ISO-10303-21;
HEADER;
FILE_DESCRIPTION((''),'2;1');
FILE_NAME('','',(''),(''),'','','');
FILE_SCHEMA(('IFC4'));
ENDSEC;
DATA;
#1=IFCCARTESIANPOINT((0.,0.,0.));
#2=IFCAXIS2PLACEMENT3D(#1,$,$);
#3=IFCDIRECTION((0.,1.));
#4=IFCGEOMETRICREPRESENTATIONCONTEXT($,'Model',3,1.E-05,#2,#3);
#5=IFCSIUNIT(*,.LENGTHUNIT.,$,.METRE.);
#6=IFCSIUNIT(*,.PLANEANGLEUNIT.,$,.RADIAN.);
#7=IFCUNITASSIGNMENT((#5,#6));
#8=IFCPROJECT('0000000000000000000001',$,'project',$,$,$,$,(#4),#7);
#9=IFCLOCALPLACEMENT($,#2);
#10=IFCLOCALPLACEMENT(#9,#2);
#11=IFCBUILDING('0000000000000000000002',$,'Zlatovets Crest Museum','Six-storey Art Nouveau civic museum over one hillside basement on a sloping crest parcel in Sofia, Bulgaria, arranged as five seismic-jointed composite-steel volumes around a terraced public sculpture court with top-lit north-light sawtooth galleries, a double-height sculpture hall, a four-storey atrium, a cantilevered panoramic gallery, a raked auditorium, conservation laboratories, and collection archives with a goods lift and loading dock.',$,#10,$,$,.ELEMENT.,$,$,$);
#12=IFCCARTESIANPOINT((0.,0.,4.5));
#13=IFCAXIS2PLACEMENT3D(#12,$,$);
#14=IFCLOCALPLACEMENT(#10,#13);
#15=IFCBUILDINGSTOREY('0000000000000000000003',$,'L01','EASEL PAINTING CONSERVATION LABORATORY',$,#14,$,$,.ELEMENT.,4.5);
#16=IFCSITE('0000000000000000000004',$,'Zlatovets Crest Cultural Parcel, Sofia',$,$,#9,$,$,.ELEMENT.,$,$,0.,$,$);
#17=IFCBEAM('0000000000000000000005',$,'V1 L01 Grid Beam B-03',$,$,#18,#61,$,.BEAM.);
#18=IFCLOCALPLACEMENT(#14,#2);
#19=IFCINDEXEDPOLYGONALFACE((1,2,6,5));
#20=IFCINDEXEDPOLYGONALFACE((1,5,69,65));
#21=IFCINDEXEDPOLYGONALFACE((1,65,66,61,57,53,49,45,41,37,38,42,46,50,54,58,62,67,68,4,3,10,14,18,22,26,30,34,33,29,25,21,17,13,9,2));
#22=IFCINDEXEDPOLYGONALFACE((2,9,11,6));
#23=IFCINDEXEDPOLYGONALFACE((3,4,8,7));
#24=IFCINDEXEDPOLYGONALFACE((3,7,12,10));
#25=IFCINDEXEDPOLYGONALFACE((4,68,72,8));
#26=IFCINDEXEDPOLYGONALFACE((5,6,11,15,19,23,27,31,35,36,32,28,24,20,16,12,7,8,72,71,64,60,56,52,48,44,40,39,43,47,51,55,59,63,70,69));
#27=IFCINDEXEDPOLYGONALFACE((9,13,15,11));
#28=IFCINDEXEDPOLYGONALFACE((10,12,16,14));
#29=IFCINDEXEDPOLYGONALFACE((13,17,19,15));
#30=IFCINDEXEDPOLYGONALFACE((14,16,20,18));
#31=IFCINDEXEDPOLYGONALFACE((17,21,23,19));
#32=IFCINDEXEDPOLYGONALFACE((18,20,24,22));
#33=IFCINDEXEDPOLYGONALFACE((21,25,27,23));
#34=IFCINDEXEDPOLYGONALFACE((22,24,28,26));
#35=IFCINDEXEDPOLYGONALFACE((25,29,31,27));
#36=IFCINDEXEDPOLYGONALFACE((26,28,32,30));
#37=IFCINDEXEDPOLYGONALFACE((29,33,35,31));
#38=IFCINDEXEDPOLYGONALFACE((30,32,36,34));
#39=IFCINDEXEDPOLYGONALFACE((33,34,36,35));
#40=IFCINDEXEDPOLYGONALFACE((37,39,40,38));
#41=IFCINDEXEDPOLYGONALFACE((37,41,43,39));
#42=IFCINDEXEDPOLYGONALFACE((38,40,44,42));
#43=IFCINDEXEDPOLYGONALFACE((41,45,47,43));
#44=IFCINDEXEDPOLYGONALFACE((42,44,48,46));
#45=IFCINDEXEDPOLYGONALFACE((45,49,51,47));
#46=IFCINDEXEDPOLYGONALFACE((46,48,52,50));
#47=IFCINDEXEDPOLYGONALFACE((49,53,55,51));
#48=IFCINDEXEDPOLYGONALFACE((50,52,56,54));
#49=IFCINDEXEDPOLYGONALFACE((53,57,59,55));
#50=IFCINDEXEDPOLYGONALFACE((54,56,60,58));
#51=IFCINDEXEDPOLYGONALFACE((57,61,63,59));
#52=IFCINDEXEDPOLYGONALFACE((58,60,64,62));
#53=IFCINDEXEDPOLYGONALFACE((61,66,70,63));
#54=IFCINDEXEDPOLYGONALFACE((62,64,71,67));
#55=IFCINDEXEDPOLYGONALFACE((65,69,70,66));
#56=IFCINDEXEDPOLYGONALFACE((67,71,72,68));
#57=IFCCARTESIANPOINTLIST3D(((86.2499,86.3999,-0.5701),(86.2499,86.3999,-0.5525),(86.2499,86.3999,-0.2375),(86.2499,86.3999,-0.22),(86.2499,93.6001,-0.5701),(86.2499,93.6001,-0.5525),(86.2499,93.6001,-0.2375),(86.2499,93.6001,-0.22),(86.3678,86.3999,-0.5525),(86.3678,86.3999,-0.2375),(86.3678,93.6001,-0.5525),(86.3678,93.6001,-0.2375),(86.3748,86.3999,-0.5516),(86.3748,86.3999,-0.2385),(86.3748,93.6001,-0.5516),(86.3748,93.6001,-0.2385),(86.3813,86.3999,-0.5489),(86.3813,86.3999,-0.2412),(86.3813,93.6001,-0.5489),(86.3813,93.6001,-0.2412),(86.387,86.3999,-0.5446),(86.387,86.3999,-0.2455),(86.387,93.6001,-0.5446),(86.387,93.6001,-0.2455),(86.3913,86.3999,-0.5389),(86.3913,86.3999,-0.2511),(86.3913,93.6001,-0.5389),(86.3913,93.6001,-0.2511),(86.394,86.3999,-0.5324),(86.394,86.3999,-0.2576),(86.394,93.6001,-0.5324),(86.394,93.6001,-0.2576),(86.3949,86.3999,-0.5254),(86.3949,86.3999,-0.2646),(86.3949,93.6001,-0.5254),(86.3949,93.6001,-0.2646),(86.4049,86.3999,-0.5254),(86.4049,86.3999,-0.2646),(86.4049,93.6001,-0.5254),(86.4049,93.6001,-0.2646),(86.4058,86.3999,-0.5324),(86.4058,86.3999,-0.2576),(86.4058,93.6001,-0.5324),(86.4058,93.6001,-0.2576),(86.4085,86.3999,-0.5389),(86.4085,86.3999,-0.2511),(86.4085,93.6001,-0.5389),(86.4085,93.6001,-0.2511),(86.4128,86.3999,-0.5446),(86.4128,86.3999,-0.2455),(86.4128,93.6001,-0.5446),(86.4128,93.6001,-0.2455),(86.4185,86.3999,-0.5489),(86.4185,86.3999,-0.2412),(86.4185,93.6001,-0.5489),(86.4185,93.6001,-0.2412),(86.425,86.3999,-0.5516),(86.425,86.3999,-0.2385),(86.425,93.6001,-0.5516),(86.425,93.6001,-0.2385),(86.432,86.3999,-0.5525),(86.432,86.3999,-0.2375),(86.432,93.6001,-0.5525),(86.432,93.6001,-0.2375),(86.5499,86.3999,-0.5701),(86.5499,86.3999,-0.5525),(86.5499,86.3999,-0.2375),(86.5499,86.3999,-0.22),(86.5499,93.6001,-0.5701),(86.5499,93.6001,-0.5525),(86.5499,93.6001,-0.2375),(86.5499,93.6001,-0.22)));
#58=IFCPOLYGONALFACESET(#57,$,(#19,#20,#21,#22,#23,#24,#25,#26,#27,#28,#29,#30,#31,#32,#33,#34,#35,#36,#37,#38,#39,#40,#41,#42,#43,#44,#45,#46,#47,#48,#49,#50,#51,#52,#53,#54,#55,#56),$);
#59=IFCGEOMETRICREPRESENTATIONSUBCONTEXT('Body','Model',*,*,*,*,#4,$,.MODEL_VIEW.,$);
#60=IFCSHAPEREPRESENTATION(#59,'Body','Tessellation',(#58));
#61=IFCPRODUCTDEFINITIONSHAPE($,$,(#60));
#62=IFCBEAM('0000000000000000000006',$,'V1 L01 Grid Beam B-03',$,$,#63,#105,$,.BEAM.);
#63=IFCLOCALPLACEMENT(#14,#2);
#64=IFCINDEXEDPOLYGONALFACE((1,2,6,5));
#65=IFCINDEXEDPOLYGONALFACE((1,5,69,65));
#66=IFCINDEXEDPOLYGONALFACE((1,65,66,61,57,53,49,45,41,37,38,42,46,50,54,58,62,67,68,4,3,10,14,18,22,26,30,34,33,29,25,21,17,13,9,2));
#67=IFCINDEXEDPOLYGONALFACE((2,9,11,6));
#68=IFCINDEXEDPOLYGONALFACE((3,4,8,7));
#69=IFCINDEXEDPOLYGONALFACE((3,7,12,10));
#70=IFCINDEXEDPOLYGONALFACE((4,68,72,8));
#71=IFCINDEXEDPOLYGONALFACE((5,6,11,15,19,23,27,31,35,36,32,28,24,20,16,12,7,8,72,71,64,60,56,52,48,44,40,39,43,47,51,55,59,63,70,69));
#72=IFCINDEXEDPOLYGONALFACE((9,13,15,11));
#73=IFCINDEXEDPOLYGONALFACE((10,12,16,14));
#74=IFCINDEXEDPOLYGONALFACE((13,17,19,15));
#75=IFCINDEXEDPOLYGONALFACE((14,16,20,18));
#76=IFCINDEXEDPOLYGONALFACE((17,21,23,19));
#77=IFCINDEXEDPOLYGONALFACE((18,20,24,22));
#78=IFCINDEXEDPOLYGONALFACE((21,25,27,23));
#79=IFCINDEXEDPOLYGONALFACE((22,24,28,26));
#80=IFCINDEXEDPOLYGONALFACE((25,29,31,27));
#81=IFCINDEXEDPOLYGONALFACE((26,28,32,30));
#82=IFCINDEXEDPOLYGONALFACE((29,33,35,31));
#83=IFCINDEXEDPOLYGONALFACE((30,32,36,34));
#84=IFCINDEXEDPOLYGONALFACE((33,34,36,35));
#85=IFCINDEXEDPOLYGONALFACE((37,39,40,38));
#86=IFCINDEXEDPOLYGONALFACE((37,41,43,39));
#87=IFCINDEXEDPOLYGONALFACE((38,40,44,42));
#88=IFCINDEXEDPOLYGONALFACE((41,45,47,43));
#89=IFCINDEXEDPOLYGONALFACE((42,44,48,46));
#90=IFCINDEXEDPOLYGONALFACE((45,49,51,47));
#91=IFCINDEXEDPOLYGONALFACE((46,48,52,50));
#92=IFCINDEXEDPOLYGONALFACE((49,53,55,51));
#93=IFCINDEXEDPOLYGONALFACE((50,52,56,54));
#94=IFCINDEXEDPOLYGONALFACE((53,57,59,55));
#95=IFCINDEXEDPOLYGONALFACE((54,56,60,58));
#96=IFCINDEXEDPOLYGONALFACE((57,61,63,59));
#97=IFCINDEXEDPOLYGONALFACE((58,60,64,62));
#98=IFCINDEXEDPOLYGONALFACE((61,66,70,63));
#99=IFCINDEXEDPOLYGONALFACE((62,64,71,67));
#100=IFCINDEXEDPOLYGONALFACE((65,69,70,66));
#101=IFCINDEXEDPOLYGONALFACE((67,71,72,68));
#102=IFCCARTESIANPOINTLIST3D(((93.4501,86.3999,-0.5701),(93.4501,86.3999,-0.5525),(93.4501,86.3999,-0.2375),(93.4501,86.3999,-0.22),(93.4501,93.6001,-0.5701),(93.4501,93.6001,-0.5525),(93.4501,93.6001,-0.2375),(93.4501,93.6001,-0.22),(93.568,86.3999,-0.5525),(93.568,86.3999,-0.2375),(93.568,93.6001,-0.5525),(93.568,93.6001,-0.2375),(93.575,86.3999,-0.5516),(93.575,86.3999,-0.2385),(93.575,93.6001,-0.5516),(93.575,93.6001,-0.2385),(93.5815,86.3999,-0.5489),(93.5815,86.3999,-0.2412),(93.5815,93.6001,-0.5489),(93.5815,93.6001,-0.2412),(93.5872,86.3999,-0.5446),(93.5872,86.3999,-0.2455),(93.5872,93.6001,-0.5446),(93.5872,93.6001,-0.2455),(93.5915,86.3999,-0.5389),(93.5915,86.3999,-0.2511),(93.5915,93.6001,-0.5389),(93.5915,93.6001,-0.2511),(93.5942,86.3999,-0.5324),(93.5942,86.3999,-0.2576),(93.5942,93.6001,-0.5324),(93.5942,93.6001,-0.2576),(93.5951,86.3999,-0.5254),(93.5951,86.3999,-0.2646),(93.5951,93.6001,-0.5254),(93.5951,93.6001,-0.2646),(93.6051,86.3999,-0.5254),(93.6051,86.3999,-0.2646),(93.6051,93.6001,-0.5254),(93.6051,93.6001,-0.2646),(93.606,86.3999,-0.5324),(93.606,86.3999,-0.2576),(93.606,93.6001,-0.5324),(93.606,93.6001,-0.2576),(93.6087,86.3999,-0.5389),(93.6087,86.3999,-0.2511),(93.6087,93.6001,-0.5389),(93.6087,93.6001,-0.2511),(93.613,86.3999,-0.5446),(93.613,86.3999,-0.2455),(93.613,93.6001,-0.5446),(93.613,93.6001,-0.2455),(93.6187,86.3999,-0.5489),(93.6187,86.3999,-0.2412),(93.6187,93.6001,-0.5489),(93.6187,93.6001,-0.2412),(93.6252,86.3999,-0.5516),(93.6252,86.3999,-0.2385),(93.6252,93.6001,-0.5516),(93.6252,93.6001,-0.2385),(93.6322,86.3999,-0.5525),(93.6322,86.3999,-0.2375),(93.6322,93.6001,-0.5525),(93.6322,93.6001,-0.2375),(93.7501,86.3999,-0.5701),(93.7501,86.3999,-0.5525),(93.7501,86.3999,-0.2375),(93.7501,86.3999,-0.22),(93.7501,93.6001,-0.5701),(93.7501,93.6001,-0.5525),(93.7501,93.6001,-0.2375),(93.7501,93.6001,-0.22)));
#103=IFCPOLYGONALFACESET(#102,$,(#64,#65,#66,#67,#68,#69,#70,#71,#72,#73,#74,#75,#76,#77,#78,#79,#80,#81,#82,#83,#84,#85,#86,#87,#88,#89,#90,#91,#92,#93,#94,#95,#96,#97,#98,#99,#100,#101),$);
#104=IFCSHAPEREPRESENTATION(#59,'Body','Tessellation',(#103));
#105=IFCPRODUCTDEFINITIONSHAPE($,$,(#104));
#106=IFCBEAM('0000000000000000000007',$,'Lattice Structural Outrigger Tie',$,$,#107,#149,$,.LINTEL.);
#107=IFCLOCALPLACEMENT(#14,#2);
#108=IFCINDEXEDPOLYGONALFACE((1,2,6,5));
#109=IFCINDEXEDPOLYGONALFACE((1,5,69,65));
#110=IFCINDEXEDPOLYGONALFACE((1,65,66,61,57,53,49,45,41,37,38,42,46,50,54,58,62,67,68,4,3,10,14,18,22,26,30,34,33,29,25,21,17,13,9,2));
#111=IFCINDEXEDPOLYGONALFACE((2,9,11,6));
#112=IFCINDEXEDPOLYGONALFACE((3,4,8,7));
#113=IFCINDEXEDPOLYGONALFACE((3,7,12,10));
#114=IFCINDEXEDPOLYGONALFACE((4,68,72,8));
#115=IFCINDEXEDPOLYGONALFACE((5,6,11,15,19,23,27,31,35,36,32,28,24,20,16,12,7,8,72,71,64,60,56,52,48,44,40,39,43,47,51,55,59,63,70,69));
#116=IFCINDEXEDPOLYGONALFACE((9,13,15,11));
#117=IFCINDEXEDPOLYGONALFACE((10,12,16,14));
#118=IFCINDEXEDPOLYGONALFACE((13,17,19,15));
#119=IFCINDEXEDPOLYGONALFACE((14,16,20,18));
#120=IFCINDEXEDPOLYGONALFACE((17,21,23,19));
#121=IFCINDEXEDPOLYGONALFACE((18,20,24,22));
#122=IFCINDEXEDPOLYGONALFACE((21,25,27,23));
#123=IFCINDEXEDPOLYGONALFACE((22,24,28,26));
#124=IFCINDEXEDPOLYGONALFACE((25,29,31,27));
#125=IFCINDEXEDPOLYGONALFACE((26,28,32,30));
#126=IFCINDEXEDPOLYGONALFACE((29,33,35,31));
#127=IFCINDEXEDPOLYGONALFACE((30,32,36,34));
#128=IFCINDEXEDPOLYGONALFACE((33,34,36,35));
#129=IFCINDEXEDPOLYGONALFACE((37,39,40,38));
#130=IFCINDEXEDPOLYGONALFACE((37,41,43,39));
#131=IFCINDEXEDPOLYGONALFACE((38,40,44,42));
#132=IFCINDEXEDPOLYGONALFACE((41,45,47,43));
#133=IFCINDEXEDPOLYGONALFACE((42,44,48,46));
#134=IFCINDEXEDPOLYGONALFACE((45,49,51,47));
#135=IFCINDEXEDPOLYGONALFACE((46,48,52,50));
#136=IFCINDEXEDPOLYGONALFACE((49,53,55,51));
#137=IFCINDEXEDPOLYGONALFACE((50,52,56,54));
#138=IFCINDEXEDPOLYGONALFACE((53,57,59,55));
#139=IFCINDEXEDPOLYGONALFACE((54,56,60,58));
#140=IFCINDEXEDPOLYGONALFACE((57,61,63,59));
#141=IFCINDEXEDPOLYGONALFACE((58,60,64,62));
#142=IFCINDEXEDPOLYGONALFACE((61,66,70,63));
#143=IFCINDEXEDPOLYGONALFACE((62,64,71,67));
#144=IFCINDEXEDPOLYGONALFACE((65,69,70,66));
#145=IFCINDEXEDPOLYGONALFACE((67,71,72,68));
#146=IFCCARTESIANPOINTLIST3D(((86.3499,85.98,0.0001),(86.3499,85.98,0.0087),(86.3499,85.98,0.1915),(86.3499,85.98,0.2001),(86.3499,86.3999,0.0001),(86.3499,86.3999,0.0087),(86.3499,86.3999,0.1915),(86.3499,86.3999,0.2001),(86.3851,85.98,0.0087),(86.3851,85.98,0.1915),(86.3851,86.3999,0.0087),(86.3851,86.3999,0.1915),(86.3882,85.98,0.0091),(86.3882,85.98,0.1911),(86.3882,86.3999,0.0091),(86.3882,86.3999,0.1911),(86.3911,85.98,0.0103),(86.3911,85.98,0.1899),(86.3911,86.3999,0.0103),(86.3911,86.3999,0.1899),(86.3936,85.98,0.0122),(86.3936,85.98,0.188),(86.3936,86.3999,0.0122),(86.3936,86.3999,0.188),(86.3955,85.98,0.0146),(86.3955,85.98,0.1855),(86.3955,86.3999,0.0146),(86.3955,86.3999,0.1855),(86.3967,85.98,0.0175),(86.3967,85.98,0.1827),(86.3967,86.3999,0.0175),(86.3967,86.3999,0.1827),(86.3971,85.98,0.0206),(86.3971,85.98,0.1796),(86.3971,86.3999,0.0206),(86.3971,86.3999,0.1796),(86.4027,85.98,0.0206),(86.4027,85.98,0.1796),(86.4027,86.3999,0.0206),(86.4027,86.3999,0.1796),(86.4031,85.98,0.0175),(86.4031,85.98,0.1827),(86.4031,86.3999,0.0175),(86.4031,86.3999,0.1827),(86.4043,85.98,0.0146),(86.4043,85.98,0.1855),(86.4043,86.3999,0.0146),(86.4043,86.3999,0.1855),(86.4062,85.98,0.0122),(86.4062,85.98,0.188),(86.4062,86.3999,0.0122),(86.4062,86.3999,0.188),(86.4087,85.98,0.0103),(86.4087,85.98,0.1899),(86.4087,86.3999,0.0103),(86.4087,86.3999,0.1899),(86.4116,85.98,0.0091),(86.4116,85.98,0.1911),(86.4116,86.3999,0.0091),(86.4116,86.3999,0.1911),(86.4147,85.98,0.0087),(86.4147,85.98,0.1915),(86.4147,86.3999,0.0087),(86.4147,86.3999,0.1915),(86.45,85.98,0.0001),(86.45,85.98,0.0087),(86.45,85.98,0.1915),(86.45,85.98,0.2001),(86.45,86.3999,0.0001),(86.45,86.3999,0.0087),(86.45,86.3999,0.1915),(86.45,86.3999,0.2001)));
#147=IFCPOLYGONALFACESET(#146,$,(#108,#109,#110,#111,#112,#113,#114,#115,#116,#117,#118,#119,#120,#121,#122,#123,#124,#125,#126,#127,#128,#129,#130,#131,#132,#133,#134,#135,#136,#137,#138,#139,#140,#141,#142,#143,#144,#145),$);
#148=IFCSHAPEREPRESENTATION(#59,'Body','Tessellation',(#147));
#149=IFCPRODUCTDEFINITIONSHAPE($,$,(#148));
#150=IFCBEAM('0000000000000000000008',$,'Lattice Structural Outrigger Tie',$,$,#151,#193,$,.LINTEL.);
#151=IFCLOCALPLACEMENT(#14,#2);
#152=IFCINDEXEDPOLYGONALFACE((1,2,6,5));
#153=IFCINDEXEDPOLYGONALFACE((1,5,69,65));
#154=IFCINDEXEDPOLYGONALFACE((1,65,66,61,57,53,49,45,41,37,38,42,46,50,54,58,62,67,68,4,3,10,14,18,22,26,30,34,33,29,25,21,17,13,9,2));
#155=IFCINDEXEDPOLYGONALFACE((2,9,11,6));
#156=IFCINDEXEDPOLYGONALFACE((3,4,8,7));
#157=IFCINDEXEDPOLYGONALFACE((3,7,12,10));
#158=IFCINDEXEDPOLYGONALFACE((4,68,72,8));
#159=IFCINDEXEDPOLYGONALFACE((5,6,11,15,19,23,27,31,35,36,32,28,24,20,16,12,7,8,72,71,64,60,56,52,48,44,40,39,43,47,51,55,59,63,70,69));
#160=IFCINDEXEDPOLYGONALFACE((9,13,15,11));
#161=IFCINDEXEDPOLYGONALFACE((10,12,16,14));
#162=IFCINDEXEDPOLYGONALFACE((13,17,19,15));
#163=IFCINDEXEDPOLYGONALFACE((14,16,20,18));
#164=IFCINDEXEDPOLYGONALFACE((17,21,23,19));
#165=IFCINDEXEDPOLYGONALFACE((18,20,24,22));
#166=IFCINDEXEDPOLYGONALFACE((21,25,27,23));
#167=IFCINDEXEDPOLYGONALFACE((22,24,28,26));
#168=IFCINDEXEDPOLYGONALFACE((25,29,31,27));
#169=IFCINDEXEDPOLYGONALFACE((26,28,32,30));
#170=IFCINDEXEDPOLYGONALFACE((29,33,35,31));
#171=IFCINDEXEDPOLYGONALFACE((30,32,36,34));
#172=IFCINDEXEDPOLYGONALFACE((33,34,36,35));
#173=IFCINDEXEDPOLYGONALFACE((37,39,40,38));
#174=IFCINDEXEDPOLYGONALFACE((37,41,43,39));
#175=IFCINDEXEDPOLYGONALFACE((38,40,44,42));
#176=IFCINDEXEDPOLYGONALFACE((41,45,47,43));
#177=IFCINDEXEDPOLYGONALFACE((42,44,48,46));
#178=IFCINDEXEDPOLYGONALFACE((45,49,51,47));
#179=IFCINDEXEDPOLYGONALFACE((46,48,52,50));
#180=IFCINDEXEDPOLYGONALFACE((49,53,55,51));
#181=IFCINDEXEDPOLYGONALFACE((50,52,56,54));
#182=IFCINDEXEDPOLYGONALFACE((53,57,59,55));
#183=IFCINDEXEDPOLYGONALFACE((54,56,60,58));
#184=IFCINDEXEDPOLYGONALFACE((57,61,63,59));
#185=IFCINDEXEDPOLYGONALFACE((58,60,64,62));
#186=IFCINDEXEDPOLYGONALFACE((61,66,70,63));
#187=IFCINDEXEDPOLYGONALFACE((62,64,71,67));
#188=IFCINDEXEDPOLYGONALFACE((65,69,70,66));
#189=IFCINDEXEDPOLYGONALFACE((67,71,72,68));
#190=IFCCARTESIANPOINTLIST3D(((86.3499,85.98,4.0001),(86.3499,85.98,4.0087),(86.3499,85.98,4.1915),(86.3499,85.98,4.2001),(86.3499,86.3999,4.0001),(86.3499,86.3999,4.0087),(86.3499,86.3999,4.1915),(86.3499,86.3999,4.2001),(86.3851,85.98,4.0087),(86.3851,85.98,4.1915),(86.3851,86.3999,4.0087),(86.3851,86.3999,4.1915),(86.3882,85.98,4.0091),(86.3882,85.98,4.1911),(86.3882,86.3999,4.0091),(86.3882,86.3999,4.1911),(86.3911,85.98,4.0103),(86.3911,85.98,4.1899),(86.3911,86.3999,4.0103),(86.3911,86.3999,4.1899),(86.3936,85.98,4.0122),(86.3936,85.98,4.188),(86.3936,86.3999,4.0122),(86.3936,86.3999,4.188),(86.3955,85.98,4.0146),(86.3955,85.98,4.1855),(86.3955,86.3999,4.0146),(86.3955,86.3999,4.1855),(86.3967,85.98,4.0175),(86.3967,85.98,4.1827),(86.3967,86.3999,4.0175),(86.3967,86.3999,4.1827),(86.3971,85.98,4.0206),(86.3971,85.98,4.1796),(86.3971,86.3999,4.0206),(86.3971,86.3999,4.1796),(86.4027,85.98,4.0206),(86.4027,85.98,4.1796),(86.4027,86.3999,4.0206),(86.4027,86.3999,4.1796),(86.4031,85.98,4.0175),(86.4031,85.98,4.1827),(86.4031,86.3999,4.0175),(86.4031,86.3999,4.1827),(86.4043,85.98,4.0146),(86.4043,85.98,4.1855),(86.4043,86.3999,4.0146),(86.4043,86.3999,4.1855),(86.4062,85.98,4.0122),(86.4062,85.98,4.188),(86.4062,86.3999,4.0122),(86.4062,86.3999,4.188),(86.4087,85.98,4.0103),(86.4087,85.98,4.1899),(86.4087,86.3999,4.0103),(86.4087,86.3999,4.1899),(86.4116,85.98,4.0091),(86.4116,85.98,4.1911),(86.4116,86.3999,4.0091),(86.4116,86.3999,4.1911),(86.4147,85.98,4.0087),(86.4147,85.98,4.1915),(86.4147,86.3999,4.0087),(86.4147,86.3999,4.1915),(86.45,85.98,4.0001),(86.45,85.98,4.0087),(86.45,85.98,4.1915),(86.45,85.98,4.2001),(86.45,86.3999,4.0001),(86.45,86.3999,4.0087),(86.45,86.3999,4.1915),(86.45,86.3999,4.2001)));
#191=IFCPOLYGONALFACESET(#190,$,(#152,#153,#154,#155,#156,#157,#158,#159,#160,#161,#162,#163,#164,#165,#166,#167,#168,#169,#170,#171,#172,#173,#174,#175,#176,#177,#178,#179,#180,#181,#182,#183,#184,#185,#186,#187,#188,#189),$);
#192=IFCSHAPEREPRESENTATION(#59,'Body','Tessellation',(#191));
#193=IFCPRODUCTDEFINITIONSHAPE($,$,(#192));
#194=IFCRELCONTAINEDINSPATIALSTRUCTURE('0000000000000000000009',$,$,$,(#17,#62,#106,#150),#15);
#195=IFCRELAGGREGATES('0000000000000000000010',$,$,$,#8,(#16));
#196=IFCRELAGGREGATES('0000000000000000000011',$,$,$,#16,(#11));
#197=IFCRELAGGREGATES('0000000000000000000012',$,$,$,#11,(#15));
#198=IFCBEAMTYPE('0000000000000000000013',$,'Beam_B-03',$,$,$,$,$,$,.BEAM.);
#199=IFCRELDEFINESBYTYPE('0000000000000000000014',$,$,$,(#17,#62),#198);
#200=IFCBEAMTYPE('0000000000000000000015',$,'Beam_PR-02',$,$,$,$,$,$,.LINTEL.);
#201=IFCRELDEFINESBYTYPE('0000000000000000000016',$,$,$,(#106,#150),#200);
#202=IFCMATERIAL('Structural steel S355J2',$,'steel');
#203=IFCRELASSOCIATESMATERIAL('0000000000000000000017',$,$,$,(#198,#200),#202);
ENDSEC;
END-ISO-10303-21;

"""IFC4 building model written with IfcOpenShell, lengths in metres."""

from ifc_helpers import new_model, si_unit, direction, frame, origin, origin_2d, place, context, subcontext, project, spatial, i_section, extrude, material, material_profile, profile_set, type_object, element, save


model = new_model("IFC4")

# Units and contexts
model_context = context("Model", 3, precision=1e-05, world=origin(), true_north=direction((0.0, 1.0)))
body_context = subcontext(model_context, "Body", "Model", "MODEL_VIEW")
ifc_project = project(units=[si_unit("LENGTHUNIT", "METRE"), si_unit("PLANEANGLEUNIT", "RADIAN")], contexts=[model_context])

# Site, building, storey
site_placement = place(None, origin())
site = spatial("IfcSite", under=ifc_project, at=site_placement, Name="Zlatovets Crest Cultural Parcel, Sofia", CompositionType="ELEMENT", RefElevation=0.0)
building_placement = place(site_placement, origin())
building = spatial("IfcBuilding", under=site, at=building_placement, Name="Zlatovets Crest Museum", Description="Six-storey Art Nouveau civic museum over one hillside basement on a sloping crest parcel in Sofia, Bulgaria, arranged as five seismic-jointed composite-steel volumes around a terraced public sculpture court with top-lit north-light sawtooth galleries, a double-height sculpture hall, a four-storey atrium, a cantilevered panoramic gallery, a raked auditorium, conservation laboratories, and collection archives with a goods lift and loading dock.", CompositionType="ELEMENT")
storey_placement = place(building_placement, frame((0.0, 0.0, 4.5)))
storey = spatial("IfcBuildingStorey", under=building, at=storey_placement, Name="L01", Description="EASEL PAINTING CONSERVATION LABORATORY", CompositionType="ELEMENT", Elevation=4.5)

# Shared definitions
ifc_material_1 = material(Name="Structural steel S355J2", Category="steel")

# Beams
ifc_material_profile_1 = material_profile(ifc_material_1, i_section(OverallWidth=0.3, OverallDepth=0.3501, WebThickness=0.01, FlangeThickness=0.0176, FilletRadius=0.0271, at=origin_2d()), Name="HEA 360")
ifc_profile_set_1 = profile_set([ifc_material_profile_1], Name="Structural steel S355J2")
beam_type_1 = type_object("IfcBeamType", Name="Beam_B-03", PredefinedType="BEAM", material=ifc_profile_set_1)
for number, where, z_axis, x_axis, name in (
    (1, (86.3999, 86.3999, -0.395), (0.0, 1.0, 0.0), (-1.0, 0.0, 0.0), "V1 L01 Grid Beam B-03"),
    (2, (93.6001, 86.3999, -0.395), (0.0, 1.0, 0.0), (-1.0, 0.0, 0.0), "V1 L01 Grid Beam B-03"),
):
    element("IfcBeam", number, at=place(storey_placement, frame(where, z_axis=z_axis, x_axis=x_axis)), inside=storey, type_object=beam_type_1, Name=name, PredefinedType="BEAM", context=body_context, shape_type="SweptSolid", body=[
        extrude(i_section(OverallWidth=0.3, OverallDepth=0.3501, WebThickness=0.01, FlangeThickness=0.0176, FilletRadius=0.0271, at=origin_2d()), origin(), (0.0, 0.0, 1.0), 7.2002),
    ])
ifc_material_profile_2 = material_profile(ifc_material_1, i_section(OverallWidth=0.1001, OverallDepth=0.2, WebThickness=0.0056, FlangeThickness=0.0085, FilletRadius=0.012, at=origin_2d()), Name="IPE 200")
ifc_profile_set_2 = profile_set([ifc_material_profile_2], Name="Structural steel S355J2")
beam_type_2 = type_object("IfcBeamType", Name="Beam_PR-02", PredefinedType="LINTEL", material=ifc_profile_set_2)
for number, where, z_axis, x_axis, name in (
    (3, (86.3999, 86.3999, 0.1001), (0.0, -1.0, 0.0), (1.0, 0.0, 0.0), "Lattice Structural Outrigger Tie"),
    (4, (86.3999, 86.3999, 4.1001), (0.0, -1.0, 0.0), (1.0, 0.0, 0.0), "Lattice Structural Outrigger Tie"),
):
    element("IfcBeam", number, at=place(storey_placement, frame(where, z_axis=z_axis, x_axis=x_axis)), inside=storey, type_object=beam_type_2, Name=name, PredefinedType="LINTEL", context=body_context, shape_type="SweptSolid", body=[
        extrude(i_section(OverallWidth=0.1001, OverallDepth=0.2, WebThickness=0.0056, FlangeThickness=0.0085, FilletRadius=0.012, at=origin_2d()), origin(), (0.0, 0.0, 1.0), 0.4199),
    ])

save(model, "model.ifc")
